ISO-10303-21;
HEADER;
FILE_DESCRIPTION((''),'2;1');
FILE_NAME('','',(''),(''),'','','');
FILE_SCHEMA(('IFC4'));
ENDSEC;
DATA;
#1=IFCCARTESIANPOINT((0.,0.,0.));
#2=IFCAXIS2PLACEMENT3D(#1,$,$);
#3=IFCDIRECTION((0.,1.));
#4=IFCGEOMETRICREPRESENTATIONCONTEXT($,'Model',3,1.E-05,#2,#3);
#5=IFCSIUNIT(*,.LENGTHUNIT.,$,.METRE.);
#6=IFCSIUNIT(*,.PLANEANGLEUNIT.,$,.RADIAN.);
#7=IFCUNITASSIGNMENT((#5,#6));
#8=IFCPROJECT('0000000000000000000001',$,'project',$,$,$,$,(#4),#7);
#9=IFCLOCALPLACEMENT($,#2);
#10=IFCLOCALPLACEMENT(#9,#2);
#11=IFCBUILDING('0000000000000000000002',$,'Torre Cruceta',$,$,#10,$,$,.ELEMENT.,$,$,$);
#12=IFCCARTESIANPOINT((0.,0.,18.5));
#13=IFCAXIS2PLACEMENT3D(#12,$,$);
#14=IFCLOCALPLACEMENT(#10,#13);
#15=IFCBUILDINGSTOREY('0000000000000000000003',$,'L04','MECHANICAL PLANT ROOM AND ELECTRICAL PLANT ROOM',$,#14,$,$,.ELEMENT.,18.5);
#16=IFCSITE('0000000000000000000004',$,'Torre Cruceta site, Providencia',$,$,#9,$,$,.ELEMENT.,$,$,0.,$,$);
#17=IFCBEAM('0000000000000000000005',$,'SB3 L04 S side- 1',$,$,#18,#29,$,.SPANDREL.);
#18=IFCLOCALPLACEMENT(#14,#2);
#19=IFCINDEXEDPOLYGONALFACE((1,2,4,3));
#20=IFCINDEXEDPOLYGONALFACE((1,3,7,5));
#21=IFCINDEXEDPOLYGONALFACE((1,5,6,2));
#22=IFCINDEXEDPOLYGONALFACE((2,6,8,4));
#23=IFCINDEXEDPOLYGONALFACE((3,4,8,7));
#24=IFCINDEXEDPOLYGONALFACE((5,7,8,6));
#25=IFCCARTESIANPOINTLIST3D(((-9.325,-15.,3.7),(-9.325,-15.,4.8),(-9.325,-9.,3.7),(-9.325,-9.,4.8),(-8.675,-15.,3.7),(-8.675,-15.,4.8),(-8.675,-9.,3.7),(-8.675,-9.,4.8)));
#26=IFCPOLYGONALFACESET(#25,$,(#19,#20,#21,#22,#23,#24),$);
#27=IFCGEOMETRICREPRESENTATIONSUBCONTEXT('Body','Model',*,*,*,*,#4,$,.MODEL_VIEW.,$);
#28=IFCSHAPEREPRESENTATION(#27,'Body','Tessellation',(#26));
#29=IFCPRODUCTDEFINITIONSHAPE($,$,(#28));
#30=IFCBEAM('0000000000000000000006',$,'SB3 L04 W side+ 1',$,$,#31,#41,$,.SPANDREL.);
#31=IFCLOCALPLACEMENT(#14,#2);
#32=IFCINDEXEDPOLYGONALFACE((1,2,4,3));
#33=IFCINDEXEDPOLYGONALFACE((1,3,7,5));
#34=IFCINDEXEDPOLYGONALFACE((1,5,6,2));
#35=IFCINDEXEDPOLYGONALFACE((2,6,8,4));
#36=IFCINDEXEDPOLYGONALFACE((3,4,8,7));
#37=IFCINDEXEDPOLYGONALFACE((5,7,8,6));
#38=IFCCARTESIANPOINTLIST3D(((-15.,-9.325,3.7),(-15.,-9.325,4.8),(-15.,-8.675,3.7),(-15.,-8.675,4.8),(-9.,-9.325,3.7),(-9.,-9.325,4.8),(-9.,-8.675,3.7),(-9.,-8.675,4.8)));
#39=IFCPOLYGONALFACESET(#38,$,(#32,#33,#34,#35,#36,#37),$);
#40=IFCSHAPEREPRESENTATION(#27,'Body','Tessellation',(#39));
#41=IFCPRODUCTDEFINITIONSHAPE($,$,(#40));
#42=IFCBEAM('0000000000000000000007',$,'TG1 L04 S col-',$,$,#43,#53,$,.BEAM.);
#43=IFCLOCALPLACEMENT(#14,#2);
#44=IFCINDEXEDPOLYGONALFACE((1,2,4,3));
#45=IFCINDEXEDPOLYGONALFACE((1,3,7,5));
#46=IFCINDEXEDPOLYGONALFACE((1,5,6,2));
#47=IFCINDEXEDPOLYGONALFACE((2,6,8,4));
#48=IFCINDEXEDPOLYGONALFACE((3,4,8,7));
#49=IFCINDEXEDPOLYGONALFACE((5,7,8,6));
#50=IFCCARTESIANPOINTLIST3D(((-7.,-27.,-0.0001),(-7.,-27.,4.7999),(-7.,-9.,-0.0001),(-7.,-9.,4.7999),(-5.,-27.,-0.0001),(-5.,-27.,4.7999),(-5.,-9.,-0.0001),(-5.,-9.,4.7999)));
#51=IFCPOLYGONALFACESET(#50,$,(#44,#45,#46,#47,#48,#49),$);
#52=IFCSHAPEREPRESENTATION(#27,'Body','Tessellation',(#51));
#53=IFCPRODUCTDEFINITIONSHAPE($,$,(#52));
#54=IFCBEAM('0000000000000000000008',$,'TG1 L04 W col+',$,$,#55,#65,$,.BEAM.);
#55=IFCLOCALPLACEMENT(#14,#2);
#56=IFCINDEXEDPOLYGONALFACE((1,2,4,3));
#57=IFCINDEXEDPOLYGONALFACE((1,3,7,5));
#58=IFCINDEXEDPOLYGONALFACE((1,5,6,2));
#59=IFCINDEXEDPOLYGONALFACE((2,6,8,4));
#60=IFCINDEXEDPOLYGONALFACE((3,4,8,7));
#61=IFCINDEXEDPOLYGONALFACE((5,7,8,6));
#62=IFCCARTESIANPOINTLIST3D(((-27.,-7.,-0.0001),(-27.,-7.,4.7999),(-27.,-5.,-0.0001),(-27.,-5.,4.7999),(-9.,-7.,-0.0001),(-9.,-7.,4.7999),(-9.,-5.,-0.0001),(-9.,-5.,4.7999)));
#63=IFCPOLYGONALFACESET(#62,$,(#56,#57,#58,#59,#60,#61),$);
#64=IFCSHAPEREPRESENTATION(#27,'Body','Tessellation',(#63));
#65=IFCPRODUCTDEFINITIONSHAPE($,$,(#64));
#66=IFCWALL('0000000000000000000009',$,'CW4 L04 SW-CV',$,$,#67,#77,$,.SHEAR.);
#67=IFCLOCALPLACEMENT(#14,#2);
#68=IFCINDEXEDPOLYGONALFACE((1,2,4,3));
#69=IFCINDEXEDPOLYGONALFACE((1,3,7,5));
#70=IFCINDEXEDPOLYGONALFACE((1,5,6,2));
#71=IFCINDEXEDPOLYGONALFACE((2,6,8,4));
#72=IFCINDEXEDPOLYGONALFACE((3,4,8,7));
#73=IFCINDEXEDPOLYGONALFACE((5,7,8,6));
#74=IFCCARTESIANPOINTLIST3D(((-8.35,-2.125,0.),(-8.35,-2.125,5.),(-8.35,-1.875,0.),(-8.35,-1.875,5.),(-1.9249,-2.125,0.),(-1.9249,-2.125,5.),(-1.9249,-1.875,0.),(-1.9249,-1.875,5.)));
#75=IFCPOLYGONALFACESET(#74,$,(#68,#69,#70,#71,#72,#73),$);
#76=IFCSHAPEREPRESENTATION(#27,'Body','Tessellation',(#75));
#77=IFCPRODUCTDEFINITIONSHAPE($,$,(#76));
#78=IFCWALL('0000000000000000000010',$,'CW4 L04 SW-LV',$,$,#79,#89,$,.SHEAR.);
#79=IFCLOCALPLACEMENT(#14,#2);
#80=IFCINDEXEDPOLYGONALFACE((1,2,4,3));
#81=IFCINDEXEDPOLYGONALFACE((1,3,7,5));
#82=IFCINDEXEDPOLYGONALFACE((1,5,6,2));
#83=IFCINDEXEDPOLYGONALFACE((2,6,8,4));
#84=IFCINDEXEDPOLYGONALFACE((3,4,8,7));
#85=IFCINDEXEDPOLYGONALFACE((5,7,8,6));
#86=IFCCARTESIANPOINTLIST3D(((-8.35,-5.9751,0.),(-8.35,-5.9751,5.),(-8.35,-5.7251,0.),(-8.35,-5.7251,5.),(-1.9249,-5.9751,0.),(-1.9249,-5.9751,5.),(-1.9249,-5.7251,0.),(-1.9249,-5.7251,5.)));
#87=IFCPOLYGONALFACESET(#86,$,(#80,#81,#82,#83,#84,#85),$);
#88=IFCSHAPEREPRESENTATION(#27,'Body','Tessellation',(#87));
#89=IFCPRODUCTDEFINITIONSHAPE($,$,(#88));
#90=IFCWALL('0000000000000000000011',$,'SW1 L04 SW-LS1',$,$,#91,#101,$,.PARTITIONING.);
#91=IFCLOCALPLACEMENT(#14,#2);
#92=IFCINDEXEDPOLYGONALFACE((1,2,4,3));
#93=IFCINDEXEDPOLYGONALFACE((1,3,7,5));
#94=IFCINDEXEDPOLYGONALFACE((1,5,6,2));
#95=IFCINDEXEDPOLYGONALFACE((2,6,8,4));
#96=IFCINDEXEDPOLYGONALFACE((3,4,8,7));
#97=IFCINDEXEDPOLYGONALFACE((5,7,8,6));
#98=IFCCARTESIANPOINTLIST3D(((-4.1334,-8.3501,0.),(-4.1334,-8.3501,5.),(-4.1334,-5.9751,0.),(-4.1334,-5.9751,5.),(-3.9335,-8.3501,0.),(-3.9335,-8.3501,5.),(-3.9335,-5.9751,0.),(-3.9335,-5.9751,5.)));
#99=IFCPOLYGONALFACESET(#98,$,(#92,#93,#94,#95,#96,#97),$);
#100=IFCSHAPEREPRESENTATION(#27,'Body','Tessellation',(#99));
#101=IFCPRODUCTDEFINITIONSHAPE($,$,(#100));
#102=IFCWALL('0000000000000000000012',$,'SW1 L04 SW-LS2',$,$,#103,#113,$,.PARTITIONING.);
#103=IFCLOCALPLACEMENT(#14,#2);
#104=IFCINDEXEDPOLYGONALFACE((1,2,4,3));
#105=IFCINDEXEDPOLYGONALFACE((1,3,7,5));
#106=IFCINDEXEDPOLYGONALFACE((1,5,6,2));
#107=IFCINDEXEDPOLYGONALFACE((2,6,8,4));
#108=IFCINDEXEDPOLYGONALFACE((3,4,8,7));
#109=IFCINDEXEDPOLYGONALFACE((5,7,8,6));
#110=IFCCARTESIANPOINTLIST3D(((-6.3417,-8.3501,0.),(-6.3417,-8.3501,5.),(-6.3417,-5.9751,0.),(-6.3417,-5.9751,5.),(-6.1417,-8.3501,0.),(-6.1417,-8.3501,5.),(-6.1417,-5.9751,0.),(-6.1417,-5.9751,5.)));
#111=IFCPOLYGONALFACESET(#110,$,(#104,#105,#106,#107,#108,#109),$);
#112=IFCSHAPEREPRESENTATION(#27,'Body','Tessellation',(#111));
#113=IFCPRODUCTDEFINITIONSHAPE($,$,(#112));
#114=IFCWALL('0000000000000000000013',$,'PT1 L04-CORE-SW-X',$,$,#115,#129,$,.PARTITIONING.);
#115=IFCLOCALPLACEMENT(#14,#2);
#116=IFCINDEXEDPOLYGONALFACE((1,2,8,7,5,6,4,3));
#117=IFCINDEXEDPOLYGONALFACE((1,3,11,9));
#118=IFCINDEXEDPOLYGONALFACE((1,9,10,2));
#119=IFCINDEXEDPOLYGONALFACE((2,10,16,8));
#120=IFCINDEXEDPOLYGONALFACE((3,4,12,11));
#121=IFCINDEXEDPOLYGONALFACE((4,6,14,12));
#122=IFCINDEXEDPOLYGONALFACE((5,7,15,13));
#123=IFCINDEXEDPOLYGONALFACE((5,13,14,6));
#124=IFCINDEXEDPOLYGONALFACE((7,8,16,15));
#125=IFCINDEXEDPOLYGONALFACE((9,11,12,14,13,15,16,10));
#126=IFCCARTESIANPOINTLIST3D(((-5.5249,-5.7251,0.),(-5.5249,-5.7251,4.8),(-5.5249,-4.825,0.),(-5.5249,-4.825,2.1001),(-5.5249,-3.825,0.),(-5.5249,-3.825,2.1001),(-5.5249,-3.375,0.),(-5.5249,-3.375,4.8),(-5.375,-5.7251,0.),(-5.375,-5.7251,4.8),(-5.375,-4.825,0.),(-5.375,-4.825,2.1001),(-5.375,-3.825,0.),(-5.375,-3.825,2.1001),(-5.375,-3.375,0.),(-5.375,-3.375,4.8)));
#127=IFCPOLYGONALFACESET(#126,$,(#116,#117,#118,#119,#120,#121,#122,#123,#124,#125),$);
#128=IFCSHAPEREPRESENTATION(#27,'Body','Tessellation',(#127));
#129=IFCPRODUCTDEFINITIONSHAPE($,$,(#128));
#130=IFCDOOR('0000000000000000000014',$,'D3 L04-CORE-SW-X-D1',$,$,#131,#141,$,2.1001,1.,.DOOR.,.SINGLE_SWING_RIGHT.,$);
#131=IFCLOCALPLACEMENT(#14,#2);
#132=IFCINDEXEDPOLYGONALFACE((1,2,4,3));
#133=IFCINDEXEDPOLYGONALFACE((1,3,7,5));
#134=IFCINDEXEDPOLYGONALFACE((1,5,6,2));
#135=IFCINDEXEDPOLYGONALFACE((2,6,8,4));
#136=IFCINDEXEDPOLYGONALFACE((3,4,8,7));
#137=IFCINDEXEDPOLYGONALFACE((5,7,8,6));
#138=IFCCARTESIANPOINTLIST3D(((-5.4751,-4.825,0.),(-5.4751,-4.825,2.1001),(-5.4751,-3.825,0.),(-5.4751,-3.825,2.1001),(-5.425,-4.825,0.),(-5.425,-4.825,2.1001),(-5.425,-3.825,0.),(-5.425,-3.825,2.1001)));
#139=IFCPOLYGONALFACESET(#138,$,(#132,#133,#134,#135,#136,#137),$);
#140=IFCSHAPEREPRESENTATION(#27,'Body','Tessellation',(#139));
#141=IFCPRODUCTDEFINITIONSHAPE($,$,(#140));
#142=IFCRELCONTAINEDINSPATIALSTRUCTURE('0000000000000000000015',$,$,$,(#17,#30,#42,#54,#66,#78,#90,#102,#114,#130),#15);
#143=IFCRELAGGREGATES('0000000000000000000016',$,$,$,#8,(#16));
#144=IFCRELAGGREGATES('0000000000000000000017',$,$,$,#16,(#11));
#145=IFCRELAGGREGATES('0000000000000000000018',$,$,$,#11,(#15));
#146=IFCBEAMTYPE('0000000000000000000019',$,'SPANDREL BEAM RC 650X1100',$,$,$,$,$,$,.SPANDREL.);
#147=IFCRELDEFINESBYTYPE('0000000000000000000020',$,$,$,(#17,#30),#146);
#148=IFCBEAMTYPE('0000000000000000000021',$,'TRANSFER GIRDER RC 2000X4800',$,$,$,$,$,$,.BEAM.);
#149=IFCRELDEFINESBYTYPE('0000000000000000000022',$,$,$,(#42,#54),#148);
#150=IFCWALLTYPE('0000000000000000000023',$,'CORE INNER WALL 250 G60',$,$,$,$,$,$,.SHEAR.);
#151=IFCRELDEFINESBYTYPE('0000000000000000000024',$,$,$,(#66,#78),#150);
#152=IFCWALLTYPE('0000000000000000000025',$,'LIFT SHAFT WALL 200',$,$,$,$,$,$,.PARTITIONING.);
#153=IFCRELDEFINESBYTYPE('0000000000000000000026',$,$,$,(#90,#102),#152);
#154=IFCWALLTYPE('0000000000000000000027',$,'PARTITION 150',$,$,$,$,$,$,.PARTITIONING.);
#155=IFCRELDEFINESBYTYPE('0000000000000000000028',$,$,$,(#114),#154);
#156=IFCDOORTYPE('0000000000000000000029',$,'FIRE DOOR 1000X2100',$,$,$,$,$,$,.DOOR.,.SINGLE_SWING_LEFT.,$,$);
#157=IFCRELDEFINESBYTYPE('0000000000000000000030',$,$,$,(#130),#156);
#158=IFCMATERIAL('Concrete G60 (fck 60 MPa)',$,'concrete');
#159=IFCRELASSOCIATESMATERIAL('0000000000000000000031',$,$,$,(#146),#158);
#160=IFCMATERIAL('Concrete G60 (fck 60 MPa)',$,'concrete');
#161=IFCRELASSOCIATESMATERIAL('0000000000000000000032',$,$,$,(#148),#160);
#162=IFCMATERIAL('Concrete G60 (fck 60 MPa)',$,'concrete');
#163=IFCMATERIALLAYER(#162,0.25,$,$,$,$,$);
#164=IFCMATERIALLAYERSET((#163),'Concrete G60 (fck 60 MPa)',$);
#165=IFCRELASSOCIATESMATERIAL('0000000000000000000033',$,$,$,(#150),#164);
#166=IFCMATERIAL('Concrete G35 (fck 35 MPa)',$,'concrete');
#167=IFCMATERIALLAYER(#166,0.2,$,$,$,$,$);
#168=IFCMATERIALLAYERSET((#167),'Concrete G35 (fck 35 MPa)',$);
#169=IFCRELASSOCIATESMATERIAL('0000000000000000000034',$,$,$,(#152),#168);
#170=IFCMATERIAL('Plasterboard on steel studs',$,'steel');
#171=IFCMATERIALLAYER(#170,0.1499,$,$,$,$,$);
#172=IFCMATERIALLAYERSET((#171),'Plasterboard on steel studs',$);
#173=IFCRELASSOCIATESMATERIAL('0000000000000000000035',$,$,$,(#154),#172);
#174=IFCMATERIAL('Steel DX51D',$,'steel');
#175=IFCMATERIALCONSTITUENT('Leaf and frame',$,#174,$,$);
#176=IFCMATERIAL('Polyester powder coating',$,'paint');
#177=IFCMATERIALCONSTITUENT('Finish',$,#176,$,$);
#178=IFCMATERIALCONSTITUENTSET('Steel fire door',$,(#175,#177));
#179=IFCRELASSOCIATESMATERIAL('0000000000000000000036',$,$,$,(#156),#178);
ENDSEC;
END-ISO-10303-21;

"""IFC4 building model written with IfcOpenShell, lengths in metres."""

from ifc_helpers import new_model, si_unit, direction, frame, frame_2d, origin, origin_2d, place, context, subcontext, project, spatial, rectangle, extrude, material, layer, layer_set, constituent, constituent_set, material_profile, profile_set, type_object, element, fill, save


model = new_model("IFC4")

# Units and contexts
model_context = context("Model", 3, precision=1e-05, world=origin(), true_north=direction((0.0, 1.0)))
body_context = subcontext(model_context, "Body", "Model", "MODEL_VIEW")
ifc_project = project(units=[si_unit("LENGTHUNIT", "METRE"), si_unit("PLANEANGLEUNIT", "RADIAN")], contexts=[model_context])

# Site, building, storey
site_placement = place(None, origin())
site = spatial("IfcSite", under=ifc_project, at=site_placement, Name="Torre Cruceta site, Providencia", CompositionType="ELEMENT", RefElevation=0.0)
building_placement = place(site_placement, origin())
building = spatial("IfcBuilding", under=site, at=building_placement, Name="Torre Cruceta", CompositionType="ELEMENT")
storey_placement = place(building_placement, frame((0.0, 0.0, 18.5)))
storey = spatial("IfcBuildingStorey", under=building, at=storey_placement, Name="L04", Description="MECHANICAL PLANT ROOM AND ELECTRICAL PLANT ROOM", CompositionType="ELEMENT", Elevation=18.5)

# Beams
ifc_material_1 = material(Name="Concrete G60 (fck 60 MPa)", Category="concrete")
ifc_material_profile_1 = material_profile(ifc_material_1, rectangle(XDim=0.6499, YDim=1.1001, at=origin_2d()), Name="RC 650X1100")
ifc_profile_set_1 = profile_set([ifc_material_profile_1], Name="Concrete G60 (fck 60 MPa)")
beam_type_1 = type_object("IfcBeamType", Name="SPANDREL BEAM RC 650X1100", PredefinedType="SPANDREL", material=ifc_profile_set_1)
for number, where, z_axis, x_axis, name in (
    (1, (-9.0, -9.0, 4.25), (0.0, -1.0, 0.0), (1.0, 0.0, 0.0), "SB3 L04 S side- 1"),
    (2, (-9.0, -9.0, 4.25), (-1.0, 0.0, 0.0), (0.0, -1.0, 0.0), "SB3 L04 W side+ 1"),
):
    element("IfcBeam", number, at=place(storey_placement, frame(where, z_axis=z_axis, x_axis=x_axis)), inside=storey, type_object=beam_type_1, Name=name, PredefinedType="SPANDREL", context=body_context, shape_type="SweptSolid", body=[
        extrude(rectangle(XDim=0.6499, YDim=1.1001, at=origin_2d()), origin(), (0.0, 0.0, 1.0), 6.0),
    ])
ifc_material_2 = material(Name="Concrete G60 (fck 60 MPa)", Category="concrete")
ifc_material_profile_2 = material_profile(ifc_material_2, rectangle(XDim=2.0, YDim=4.8, at=origin_2d()), Name="RC 2000X4800")
ifc_profile_set_2 = profile_set([ifc_material_profile_2], Name="Concrete G60 (fck 60 MPa)")
beam_type_2 = type_object("IfcBeamType", Name="TRANSFER GIRDER RC 2000X4800", PredefinedType="BEAM", material=ifc_profile_set_2)
for number, where, z_axis, x_axis, name in (
    (3, (-6.0, -9.0, 2.3999), (0.0, -1.0, 0.0), (1.0, 0.0, 0.0), "TG1 L04 S col-"),
    (4, (-9.0, -6.0, 2.3999), (-1.0, 0.0, 0.0), (0.0, -1.0, 0.0), "TG1 L04 W col+"),
):
    element("IfcBeam", number, at=place(storey_placement, frame(where, z_axis=z_axis, x_axis=x_axis)), inside=storey, type_object=beam_type_2, Name=name, PredefinedType="BEAM", context=body_context, shape_type="SweptSolid", body=[
        extrude(rectangle(XDim=2.0, YDim=4.8, at=origin_2d()), origin(), (0.0, 0.0, 1.0), 18.0),
    ])

# Shared definitions
ifc_material_3 = material(Name="Concrete G60 (fck 60 MPa)", Category="concrete")
ifc_layer_1 = layer(ifc_material_3, 0.25)
ifc_layer_set_1 = layer_set([ifc_layer_1], Name="Concrete G60 (fck 60 MPa)")
wall_type_1 = type_object("IfcWallType", Name="CORE INNER WALL 250 G60", PredefinedType="SHEAR", material=ifc_layer_set_1)

# Walls
for number, where, z_axis, x_axis, name in (
    (5, (-1.925, -2.0, 0.0), (0.0, 0.0, 1.0), (-1.0, 0.0, 0.0), "CW4 L04 SW-CV"),
    (6, (-1.925, -5.8501, 0.0), (0.0, 0.0, 1.0), (-1.0, 0.0, 0.0), "CW4 L04 SW-LV"),
):
    element("IfcWall", number, at=place(storey_placement, frame(where, z_axis=z_axis, x_axis=x_axis)), inside=storey, type_object=wall_type_1, Name=name, PredefinedType="SHEAR", context=body_context, shape_type="SweptSolid", body=[
        extrude(rectangle(XDim=6.425, YDim=0.25, at=frame_2d((3.2124, 0.0))), origin(), (0.0, 0.0, 1.0), 5.0),
    ])

# Walls
ifc_material_4 = material(Name="Concrete G35 (fck 35 MPa)", Category="concrete")
ifc_layer_2 = layer(ifc_material_4, 0.2)
ifc_layer_set_2 = layer_set([ifc_layer_2], Name="Concrete G35 (fck 35 MPa)")
wall_type_2 = type_object("IfcWallType", Name="LIFT SHAFT WALL 200", PredefinedType="PARTITIONING", material=ifc_layer_set_2)
for number, where, z_axis, x_axis, name in (
    (7, (-4.0334, -5.9751, 0.0), (0.0, 0.0, 1.0), (0.0, -1.0, 0.0), "SW1 L04 SW-LS1"),
    (8, (-6.2417, -5.9751, 0.0), (0.0, 0.0, 1.0), (0.0, -1.0, 0.0), "SW1 L04 SW-LS2"),
):
    element("IfcWall", number, at=place(storey_placement, frame(where, z_axis=z_axis, x_axis=x_axis)), inside=storey, type_object=wall_type_2, Name=name, PredefinedType="PARTITIONING", context=body_context, shape_type="SweptSolid", body=[
        extrude(rectangle(XDim=2.375, YDim=0.2, at=frame_2d((1.1875, 0.0))), origin(), (0.0, 0.0, 1.0), 5.0),
    ])

# Wall, opening, door
ifc_material_5 = material(Name="Plasterboard on steel studs", Category="steel")
ifc_layer_3 = layer(ifc_material_5, 0.1499)
ifc_layer_set_3 = layer_set([ifc_layer_3], Name="Plasterboard on steel studs")
wall_type_3 = type_object("IfcWallType", Name="PARTITION 150", PredefinedType="PARTITIONING", material=ifc_layer_set_3)
wall_1_placement = place(storey_placement, frame((-5.45, -3.375, 0.0), z_axis=(0.0, 0.0, 1.0), x_axis=(0.0, -1.0, 0.0)))
wall_1 = element("IfcWall", 9, at=wall_1_placement, inside=storey, type_object=wall_type_3, Name="PT1 L04-CORE-SW-X", PredefinedType="PARTITIONING", context=body_context, shape_type="SweptSolid", body=[
    extrude(rectangle(XDim=2.3501, YDim=0.1499, at=frame_2d((1.175, 0.0))), origin(), (0.0, 0.0, 1.0), 4.8),
])
opening_1_placement = place(wall_1_placement, frame((0.45, 0.0, 0.0)))
opening_1 = element("IfcOpeningElement", 10, at=opening_1_placement, cuts=wall_1, PredefinedType="OPENING", context=body_context, shape_type="SweptSolid", body=[
    extrude(rectangle(XDim=1.0, YDim=2.1001, at=frame_2d((0.5, 1.05))), frame((0.0, 0.085, 0.0), z_axis=(0.0, -1.0, 0.0), x_axis=(1.0, 0.0, 0.0)), (0.0, 0.0, 1.0), 0.1699),
])
ifc_material_6 = material(Name="Steel DX51D", Category="steel")
ifc_constituent_1 = constituent(ifc_material_6, Name="Leaf and frame")
ifc_material_7 = material(Name="Polyester powder coating", Category="paint")
ifc_constituent_2 = constituent(ifc_material_7, Name="Finish")
ifc_constituent_set_1 = constituent_set(constituents=[ifc_constituent_1, ifc_constituent_2], Name="Steel fire door")
door_type_1 = type_object("IfcDoorType", Name="FIRE DOOR 1000X2100", OperationType="SINGLE_SWING_LEFT", PredefinedType="DOOR", material=ifc_constituent_set_1)
door_1_placement = place(opening_1_placement, frame((1.0, 0.0, 0.0), z_axis=(0.0, 0.0, 1.0), x_axis=(-1.0, 0.0, 0.0)))
door_1 = element("IfcDoor", 11, at=door_1_placement, inside=storey, type_object=door_type_1, Name="D3 L04-CORE-SW-X-D1", OperationType="SINGLE_SWING_RIGHT", OverallHeight=2.1001, OverallWidth=1.0, PredefinedType="DOOR", context=body_context, shape_type="SweptSolid", body=[
    extrude(rectangle(XDim=1.0, YDim=2.1001, at=frame_2d((0.5, 1.05))), frame((0.0, 0.0251, 0.0), z_axis=(0.0, -1.0, 0.0), x_axis=(1.0, 0.0, 0.0)), (0.0, 0.0, 1.0), 0.05),
])
fill(opening_1, door_1)

save(model, "model.ifc")
